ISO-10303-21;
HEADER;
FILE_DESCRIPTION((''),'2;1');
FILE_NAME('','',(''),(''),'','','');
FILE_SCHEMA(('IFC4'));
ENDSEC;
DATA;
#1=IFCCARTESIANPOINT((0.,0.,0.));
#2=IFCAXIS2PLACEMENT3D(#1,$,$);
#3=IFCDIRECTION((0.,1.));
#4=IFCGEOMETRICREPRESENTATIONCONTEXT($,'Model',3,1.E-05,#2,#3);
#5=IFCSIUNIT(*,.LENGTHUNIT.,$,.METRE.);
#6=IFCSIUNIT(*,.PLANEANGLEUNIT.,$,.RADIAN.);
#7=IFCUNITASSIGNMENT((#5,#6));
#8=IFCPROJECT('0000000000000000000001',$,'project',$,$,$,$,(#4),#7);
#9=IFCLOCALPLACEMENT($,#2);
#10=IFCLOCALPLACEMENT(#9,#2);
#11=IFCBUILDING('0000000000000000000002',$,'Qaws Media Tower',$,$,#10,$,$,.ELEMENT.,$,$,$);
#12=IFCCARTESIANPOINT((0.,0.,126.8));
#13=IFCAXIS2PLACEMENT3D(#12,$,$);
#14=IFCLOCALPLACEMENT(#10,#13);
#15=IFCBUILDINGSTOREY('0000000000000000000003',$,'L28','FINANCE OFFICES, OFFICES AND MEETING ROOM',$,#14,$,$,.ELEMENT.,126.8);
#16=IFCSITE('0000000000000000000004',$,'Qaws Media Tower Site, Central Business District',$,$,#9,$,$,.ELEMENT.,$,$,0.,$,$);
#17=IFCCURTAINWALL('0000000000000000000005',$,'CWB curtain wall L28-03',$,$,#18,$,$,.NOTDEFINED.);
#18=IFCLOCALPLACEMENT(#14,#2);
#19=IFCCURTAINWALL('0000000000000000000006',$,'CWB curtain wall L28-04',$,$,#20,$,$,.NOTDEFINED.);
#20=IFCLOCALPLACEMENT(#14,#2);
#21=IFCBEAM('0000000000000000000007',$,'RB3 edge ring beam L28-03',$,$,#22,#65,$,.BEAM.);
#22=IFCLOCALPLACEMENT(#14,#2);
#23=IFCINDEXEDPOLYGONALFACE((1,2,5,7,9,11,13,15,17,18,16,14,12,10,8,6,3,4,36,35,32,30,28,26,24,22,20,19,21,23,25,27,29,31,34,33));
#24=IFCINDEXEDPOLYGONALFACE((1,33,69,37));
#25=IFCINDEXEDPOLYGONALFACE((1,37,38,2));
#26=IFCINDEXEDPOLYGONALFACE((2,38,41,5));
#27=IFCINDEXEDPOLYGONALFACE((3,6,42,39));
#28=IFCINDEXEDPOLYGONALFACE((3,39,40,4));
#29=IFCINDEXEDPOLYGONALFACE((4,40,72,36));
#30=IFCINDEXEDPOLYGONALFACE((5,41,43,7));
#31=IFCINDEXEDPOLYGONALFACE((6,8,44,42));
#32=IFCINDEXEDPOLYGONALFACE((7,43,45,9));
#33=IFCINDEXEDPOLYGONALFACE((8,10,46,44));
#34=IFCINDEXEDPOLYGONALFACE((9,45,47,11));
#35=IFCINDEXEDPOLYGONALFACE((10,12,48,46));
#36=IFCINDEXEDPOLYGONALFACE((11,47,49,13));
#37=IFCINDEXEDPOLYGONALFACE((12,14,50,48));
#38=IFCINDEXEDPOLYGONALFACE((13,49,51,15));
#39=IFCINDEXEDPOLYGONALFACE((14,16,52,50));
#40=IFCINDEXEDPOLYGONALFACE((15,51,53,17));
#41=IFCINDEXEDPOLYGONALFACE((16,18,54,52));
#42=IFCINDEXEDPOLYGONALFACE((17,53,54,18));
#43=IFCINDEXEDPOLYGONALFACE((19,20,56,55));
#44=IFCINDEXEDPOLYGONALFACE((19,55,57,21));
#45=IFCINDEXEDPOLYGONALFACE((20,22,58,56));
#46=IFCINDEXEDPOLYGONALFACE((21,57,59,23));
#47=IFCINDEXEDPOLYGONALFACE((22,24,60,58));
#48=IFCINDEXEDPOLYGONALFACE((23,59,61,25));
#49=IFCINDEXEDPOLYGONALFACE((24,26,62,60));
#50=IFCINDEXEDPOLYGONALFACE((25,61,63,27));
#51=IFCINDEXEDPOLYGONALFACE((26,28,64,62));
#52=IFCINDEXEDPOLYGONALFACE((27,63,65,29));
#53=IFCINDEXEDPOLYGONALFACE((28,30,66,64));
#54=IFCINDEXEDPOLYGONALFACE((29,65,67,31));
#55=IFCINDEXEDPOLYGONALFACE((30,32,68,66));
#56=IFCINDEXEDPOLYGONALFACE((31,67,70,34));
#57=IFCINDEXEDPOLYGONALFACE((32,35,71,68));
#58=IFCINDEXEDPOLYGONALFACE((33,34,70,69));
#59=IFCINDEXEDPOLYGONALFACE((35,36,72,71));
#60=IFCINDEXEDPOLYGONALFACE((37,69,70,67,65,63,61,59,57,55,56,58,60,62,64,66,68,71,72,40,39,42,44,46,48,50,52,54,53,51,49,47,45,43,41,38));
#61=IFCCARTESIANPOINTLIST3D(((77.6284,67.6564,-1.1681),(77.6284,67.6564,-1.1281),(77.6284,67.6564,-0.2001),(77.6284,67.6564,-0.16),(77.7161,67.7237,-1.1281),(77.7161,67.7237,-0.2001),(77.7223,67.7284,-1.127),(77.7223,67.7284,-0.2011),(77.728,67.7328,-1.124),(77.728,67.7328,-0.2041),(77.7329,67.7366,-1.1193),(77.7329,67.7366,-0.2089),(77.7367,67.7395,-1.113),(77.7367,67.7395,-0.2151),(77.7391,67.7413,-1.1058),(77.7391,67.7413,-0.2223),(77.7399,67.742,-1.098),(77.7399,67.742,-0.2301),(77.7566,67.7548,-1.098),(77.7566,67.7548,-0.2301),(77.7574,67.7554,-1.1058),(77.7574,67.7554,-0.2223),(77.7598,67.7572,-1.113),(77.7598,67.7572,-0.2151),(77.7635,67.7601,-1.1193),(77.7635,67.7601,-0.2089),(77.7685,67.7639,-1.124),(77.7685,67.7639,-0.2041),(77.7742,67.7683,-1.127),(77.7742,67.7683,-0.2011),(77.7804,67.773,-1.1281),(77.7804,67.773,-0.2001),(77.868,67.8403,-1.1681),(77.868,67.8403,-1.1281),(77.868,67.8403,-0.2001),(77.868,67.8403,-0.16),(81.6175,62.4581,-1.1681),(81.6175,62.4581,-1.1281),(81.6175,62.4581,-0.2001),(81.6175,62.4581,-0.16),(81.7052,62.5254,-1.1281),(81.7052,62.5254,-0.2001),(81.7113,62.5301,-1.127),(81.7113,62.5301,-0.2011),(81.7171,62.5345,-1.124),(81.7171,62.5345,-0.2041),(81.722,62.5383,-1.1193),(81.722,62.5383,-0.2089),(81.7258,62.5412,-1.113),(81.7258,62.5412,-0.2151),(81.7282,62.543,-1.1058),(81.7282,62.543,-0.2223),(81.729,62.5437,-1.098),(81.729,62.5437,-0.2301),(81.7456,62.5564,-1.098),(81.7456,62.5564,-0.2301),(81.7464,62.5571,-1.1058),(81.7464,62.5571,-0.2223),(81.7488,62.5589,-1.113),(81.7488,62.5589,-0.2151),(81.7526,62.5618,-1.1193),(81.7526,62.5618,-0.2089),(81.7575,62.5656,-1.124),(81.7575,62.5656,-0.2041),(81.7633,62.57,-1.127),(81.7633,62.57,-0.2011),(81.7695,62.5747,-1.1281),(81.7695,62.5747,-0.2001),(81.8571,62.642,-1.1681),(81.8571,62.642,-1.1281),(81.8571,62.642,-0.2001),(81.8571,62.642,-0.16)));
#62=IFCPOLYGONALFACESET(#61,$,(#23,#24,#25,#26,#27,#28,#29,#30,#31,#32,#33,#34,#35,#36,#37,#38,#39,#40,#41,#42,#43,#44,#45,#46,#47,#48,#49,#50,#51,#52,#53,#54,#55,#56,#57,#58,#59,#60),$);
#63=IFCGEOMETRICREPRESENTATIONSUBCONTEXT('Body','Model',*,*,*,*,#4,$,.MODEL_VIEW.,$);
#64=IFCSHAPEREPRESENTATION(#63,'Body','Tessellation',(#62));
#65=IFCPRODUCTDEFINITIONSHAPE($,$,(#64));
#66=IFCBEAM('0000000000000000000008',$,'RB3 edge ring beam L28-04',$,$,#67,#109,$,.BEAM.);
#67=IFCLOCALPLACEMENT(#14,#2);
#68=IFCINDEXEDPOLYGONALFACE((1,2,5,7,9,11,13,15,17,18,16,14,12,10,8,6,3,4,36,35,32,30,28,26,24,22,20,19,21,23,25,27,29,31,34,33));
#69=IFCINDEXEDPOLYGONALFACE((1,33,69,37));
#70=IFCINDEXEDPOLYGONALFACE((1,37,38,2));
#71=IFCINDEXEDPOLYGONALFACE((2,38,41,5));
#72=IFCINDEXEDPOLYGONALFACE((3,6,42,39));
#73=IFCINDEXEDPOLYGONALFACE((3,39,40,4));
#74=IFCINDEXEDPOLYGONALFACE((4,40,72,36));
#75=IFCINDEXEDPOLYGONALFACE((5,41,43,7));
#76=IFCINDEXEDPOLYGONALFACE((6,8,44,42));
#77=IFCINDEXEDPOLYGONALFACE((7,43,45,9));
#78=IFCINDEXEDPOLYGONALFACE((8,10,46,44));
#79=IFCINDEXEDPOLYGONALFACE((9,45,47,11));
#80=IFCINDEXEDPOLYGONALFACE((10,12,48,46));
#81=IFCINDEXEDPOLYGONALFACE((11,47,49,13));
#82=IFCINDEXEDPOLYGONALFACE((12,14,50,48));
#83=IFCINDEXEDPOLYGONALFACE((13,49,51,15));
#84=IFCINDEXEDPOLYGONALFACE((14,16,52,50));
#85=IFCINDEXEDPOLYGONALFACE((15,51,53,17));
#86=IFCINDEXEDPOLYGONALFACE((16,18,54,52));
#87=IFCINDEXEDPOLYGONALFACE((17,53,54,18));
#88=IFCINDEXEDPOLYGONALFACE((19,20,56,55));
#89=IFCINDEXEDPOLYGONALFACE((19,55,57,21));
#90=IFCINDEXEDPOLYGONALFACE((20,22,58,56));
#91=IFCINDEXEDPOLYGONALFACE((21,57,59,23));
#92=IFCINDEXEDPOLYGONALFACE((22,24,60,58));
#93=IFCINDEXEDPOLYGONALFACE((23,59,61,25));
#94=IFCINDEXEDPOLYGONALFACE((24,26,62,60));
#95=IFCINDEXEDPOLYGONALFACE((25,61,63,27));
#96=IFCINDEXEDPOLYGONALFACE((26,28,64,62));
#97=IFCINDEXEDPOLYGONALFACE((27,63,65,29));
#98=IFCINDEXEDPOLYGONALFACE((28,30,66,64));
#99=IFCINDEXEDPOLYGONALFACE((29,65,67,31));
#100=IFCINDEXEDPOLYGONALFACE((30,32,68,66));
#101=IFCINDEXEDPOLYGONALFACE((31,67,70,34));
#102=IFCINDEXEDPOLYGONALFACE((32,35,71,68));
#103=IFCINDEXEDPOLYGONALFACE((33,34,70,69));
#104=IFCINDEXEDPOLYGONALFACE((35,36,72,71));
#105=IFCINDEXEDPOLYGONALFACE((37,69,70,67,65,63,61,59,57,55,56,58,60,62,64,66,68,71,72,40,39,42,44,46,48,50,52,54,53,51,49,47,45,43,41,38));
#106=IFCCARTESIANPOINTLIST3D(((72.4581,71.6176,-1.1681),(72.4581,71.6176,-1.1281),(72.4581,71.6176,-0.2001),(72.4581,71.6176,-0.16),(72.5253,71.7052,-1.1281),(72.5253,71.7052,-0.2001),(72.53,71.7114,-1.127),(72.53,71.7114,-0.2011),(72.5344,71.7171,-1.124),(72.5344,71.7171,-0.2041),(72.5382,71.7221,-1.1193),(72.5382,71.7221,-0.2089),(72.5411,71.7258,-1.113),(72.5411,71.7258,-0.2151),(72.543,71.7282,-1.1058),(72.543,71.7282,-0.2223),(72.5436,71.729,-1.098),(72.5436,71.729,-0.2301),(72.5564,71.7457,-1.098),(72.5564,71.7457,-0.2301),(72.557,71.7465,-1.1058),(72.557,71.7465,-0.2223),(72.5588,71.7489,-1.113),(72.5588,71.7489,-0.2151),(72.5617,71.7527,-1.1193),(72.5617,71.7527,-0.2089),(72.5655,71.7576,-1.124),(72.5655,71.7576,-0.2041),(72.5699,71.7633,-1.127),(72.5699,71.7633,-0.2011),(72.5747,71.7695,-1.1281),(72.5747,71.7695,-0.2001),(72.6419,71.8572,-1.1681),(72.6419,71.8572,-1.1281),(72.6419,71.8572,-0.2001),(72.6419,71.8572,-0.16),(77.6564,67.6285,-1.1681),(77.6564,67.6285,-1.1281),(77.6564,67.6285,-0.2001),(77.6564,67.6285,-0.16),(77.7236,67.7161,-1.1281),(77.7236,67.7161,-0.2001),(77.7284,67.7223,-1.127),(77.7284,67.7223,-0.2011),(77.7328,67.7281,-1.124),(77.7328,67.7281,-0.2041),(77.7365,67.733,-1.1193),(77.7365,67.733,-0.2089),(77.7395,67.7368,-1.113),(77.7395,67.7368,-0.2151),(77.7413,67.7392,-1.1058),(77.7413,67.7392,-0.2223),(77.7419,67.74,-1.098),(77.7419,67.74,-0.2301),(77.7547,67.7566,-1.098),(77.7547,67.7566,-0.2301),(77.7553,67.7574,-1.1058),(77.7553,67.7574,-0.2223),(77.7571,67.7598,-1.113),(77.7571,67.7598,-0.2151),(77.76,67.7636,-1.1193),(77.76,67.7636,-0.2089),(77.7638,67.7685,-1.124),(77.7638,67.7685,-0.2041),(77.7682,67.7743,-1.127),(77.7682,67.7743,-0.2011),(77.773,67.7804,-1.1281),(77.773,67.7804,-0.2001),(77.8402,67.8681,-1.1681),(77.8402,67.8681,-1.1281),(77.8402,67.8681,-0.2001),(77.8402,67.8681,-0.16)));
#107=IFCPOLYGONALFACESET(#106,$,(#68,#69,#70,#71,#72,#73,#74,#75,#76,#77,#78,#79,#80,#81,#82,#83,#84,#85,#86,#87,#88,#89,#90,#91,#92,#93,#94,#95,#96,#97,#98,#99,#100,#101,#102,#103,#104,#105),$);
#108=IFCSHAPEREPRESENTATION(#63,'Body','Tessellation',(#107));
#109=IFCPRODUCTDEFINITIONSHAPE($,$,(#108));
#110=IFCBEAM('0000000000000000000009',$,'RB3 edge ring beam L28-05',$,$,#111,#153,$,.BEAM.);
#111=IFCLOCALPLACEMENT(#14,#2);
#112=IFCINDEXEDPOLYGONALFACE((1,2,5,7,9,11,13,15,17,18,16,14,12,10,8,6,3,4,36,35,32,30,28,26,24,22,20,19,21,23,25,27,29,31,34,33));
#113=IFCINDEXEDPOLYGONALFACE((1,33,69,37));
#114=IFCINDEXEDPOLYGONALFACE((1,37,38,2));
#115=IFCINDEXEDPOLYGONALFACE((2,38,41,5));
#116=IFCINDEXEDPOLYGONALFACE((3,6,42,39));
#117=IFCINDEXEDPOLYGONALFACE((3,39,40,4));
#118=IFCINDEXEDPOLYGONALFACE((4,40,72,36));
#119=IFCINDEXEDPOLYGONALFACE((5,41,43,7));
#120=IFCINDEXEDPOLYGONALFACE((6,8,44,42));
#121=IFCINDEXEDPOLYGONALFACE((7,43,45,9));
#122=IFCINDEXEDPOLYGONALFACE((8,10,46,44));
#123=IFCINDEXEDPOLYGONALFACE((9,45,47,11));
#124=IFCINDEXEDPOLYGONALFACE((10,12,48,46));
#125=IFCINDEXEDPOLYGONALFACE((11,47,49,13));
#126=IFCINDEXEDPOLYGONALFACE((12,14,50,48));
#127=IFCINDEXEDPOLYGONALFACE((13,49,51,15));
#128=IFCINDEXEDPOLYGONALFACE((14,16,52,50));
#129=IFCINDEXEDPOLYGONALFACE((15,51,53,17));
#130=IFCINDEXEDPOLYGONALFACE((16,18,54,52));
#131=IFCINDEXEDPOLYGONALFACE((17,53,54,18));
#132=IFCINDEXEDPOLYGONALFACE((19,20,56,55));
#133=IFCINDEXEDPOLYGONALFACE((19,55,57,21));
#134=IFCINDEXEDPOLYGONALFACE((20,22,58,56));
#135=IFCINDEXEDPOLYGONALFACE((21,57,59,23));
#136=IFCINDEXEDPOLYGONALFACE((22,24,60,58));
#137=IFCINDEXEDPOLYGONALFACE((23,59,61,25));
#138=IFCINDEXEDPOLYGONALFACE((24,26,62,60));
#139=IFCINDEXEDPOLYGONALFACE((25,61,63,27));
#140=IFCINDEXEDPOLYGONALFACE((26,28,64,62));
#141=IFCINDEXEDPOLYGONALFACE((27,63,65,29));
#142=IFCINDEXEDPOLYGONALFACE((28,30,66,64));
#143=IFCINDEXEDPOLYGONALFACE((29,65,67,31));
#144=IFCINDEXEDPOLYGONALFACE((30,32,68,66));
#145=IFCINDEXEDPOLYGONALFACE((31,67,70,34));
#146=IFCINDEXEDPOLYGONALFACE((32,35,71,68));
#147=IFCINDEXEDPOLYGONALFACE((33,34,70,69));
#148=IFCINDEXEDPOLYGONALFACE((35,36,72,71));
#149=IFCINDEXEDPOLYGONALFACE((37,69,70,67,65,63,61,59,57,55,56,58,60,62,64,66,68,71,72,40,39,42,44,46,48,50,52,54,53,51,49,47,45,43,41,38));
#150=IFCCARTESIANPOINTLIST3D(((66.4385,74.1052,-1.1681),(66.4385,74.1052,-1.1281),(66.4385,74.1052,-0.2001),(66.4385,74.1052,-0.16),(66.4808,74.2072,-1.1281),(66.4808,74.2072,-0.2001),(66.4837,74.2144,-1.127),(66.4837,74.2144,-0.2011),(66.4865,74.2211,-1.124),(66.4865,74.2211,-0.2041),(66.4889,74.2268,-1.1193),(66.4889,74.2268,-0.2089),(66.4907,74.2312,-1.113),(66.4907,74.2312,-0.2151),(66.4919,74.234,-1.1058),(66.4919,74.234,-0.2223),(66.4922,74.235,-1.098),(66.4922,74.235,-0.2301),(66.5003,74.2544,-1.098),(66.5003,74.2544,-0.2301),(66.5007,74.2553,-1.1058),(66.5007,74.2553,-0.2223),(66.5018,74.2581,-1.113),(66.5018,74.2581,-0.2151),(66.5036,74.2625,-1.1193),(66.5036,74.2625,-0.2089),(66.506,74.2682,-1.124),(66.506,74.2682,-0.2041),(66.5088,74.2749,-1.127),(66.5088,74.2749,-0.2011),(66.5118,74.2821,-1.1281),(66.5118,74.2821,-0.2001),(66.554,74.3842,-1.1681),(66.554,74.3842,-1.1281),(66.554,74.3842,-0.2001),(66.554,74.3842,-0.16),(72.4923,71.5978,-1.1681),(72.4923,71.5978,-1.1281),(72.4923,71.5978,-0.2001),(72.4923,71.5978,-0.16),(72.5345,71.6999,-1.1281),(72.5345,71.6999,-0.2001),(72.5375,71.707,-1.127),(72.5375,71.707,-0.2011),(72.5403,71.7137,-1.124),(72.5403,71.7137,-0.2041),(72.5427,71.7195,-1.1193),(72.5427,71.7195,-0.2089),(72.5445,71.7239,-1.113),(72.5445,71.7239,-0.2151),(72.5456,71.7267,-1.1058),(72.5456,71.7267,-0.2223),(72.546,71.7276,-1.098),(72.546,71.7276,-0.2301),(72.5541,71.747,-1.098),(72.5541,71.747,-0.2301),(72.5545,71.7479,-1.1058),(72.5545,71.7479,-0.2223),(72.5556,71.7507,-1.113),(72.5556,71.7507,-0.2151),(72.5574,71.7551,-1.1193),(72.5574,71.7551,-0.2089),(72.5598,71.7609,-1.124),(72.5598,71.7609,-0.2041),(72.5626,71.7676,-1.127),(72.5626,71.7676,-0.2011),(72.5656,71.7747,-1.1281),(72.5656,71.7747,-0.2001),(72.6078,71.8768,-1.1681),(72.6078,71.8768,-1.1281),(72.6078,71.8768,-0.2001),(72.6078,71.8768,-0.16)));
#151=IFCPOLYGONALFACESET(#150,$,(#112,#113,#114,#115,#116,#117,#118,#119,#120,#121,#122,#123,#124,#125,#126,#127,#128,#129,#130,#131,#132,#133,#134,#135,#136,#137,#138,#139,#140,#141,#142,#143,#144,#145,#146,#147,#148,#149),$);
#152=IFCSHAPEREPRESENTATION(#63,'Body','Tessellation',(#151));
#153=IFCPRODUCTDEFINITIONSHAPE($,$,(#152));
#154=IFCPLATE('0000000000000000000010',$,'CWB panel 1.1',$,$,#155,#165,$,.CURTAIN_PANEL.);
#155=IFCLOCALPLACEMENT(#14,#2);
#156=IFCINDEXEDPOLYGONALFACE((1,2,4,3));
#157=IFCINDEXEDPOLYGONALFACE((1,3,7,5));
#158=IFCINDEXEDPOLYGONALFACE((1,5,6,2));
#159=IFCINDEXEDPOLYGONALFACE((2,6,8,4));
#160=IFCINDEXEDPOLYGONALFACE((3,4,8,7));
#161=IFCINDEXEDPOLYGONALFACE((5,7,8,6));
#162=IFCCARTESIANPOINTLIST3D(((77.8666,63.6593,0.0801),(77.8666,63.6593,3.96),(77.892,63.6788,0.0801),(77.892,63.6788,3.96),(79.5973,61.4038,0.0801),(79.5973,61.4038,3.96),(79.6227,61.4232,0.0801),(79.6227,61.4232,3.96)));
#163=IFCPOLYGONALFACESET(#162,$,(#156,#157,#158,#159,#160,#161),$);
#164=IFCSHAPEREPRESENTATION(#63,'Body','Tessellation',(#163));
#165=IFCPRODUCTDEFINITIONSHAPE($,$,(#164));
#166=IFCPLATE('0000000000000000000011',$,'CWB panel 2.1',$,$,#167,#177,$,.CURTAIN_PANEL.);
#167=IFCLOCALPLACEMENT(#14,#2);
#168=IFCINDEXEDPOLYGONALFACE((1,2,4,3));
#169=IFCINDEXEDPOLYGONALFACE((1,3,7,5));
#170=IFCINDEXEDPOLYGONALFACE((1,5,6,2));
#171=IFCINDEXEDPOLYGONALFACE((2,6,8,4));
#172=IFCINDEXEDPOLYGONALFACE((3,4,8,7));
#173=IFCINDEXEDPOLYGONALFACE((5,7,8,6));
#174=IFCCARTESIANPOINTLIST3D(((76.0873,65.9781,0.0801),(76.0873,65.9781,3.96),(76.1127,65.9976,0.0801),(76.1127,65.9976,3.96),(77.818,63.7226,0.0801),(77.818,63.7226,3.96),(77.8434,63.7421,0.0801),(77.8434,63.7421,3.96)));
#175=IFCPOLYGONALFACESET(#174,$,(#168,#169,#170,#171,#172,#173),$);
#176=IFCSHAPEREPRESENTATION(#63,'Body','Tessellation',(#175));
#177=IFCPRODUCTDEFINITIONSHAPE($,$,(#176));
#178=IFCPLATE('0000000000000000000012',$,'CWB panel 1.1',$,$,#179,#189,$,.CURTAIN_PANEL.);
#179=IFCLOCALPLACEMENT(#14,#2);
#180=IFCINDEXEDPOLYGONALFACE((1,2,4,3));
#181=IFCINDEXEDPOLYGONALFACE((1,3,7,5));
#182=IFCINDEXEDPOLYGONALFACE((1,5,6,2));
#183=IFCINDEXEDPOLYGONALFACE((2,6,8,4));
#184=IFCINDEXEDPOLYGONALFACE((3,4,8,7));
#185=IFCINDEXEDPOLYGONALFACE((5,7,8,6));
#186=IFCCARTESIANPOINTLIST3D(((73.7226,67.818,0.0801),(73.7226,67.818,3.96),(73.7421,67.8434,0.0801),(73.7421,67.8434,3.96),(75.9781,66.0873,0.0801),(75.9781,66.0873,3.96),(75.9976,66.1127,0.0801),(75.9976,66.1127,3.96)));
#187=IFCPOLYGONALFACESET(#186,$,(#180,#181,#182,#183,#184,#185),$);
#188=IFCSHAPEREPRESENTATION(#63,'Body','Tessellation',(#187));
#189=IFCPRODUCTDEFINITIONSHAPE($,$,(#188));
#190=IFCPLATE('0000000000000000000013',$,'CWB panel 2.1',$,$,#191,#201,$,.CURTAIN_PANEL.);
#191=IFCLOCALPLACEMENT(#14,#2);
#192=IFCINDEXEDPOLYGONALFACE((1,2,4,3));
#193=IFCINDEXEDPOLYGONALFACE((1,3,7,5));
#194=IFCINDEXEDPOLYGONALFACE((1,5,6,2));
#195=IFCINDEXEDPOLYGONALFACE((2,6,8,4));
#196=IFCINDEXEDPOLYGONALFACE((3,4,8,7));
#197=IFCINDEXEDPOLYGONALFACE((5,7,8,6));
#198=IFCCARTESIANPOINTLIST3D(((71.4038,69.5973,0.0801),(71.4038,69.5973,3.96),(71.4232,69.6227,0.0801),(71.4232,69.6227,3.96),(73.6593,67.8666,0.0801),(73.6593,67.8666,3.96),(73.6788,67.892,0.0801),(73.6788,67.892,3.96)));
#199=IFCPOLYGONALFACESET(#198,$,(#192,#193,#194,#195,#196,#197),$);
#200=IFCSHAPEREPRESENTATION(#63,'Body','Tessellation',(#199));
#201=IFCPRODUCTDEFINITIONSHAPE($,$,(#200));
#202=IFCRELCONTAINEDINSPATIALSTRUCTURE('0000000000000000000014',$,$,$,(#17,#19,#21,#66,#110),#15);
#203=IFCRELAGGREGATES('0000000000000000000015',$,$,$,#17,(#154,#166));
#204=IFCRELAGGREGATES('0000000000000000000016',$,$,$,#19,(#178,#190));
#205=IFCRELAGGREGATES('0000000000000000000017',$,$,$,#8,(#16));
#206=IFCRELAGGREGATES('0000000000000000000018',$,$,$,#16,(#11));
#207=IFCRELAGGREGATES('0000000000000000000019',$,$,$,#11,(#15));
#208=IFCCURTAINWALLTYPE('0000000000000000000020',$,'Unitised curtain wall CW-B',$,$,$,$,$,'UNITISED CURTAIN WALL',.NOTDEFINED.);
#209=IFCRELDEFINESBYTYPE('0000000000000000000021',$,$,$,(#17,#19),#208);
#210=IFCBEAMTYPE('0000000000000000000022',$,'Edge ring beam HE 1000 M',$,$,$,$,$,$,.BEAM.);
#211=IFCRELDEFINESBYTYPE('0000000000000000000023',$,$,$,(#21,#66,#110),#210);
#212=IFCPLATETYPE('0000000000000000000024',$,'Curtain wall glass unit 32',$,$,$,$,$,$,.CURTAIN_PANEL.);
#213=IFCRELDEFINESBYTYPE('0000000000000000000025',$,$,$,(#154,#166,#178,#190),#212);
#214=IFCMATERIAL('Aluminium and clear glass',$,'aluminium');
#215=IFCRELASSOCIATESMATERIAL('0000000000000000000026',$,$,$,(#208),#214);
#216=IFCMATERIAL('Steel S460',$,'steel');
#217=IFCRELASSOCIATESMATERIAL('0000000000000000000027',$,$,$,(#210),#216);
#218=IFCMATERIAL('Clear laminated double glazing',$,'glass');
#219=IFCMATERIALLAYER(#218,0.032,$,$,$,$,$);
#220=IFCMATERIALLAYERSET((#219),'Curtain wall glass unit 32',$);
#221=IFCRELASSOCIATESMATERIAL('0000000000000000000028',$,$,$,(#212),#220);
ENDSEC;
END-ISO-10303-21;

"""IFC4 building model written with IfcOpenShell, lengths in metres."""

from ifc_helpers import new_model, si_unit, direction, frame, origin, origin_2d, place, context, subcontext, project, spatial, rectangle, i_section, extrude, material, layer, layer_set, material_profile, profile_set, type_object, element, aggregate, save


model = new_model("IFC4")

# Units and contexts
model_context = context("Model", 3, precision=1e-05, world=origin(), true_north=direction((0.0, 1.0)))
body_context = subcontext(model_context, "Body", "Model", "MODEL_VIEW")
ifc_project = project(units=[si_unit("LENGTHUNIT", "METRE"), si_unit("PLANEANGLEUNIT", "RADIAN")], contexts=[model_context])

# Site, building, storey
site_placement = place(None, origin())
site = spatial("IfcSite", under=ifc_project, at=site_placement, Name="Qaws Media Tower Site, Central Business District", CompositionType="ELEMENT", RefElevation=0.0)
building_placement = place(site_placement, origin())
building = spatial("IfcBuilding", under=site, at=building_placement, Name="Qaws Media Tower", CompositionType="ELEMENT")
storey_placement = place(building_placement, frame((0.0, 0.0, 126.8)))
storey = spatial("IfcBuildingStorey", under=building, at=storey_placement, Name="L28", Description="FINANCE OFFICES, OFFICES AND MEETING ROOM", CompositionType="ELEMENT", Elevation=126.8)

# Shared definitions
ifc_material_1 = material(Name="Aluminium and clear glass", Category="aluminium")
curtain_wall_type = type_object("IfcCurtainWallType", Name="Unitised curtain wall CW-B", ElementType="UNITISED CURTAIN WALL", PredefinedType="NOTDEFINED", material=ifc_material_1)

# Curtain walls
curtain_wall_1_placement = place(storey_placement, origin())
curtain_wall_1 = element("IfcCurtainWall", 1, at=curtain_wall_1_placement, inside=storey, type_object=curtain_wall_type, Name="CWB curtain wall L28-03", PredefinedType="NOTDEFINED")
curtain_wall_2_placement = place(storey_placement, origin())
curtain_wall_2 = element("IfcCurtainWall", 2, at=curtain_wall_2_placement, inside=storey, type_object=curtain_wall_type, Name="CWB curtain wall L28-04", PredefinedType="NOTDEFINED")

# Beams
ifc_material_2 = material(Name="Steel S460", Category="steel")
ifc_material_profile_1 = material_profile(ifc_material_2, i_section(OverallWidth=0.302, OverallDepth=1.0081, WebThickness=0.021, FlangeThickness=0.04, FilletRadius=0.03, at=origin_2d()), Name="HE 1000 M")
ifc_profile_set_1 = profile_set([ifc_material_profile_1], Name="Steel S460")
beam_type = type_object("IfcBeamType", Name="Edge ring beam HE 1000 M", PredefinedType="BEAM", material=ifc_profile_set_1)
for number, where, z_axis, x_axis, name in (
    (3, (81.7373, 62.55, -0.6641), (-0.608787, 0.793334, 0.0), (-0.793334, -0.608787, 0.0), "RB3 edge ring beam L28-03"),
    (4, (77.7483, 67.7483, -0.6641), (-0.793334, 0.608787, 0.0), (-0.608787, -0.793334, 0.0), "RB3 edge ring beam L28-04"),
    (5, (72.55, 71.7373, -0.6641), (-0.923891, 0.382657, 0.0), (-0.382657, -0.923891, 0.0), "RB3 edge ring beam L28-05"),
):
    element("IfcBeam", number, at=place(storey_placement, frame(where, z_axis=z_axis, x_axis=x_axis)), inside=storey, type_object=beam_type, Name=name, PredefinedType="BEAM", context=body_context, shape_type="SweptSolid", body=[
        extrude(i_section(OverallWidth=0.302, OverallDepth=1.0081, WebThickness=0.021, FlangeThickness=0.04, FilletRadius=0.03, at=origin_2d()), origin(), (0.0, 0.0, 1.0), 6.5525),
    ])

# Plates
ifc_material_3 = material(Name="Clear laminated double glazing", Category="glass")
ifc_layer_1 = layer(ifc_material_3, 0.032)
ifc_layer_set_1 = layer_set([ifc_layer_1], Name="Curtain wall glass unit 32")
plate_type_1 = type_object("IfcPlateType", Name="Curtain wall glass unit 32", PredefinedType="CURTAIN_PANEL", material=ifc_layer_set_1)
plate_1_placement = place(storey_placement, frame((78.7446, 62.5413, 0.0801), z_axis=(0.0, 0.0, 1.0), x_axis=(-0.608761, 0.793353, 0.0)))
plate_1 = element("IfcPlate", 6, at=plate_1_placement, type_object=plate_type_1, Name="CWB panel 1.1", PredefinedType="CURTAIN_PANEL", context=body_context, shape_type="SweptSolid", body=[
    extrude(rectangle(XDim=2.843, YDim=0.032, at=origin_2d()), origin(), (0.0, 0.0, 1.0), 3.8799),
])
plate_2_placement = place(storey_placement, frame((76.9653, 64.8601, 0.0801), z_axis=(0.0, 0.0, 1.0), x_axis=(-0.608761, 0.793353, 0.0)))
plate_2 = element("IfcPlate", 7, at=plate_2_placement, type_object=plate_type_1, Name="CWB panel 2.1", PredefinedType="CURTAIN_PANEL", context=body_context, shape_type="SweptSolid", body=[
    extrude(rectangle(XDim=2.843, YDim=0.032, at=origin_2d()), origin(), (0.0, 0.0, 1.0), 3.8799),
])
aggregate(curtain_wall_1, [plate_1, plate_2])
plate_3_placement = place(storey_placement, frame((74.8601, 66.9653, 0.0801), z_axis=(0.0, 0.0, 1.0), x_axis=(-0.793353, 0.608761, 0.0)))
plate_3 = element("IfcPlate", 8, at=plate_3_placement, type_object=plate_type_1, Name="CWB panel 1.1", PredefinedType="CURTAIN_PANEL", context=body_context, shape_type="SweptSolid", body=[
    extrude(rectangle(XDim=2.843, YDim=0.032, at=origin_2d()), origin(), (0.0, 0.0, 1.0), 3.8799),
])
plate_4_placement = place(storey_placement, frame((72.5413, 68.7446, 0.0801), z_axis=(0.0, 0.0, 1.0), x_axis=(-0.793353, 0.608761, 0.0)))
plate_4 = element("IfcPlate", 9, at=plate_4_placement, type_object=plate_type_1, Name="CWB panel 2.1", PredefinedType="CURTAIN_PANEL", context=body_context, shape_type="SweptSolid", body=[
    extrude(rectangle(XDim=2.843, YDim=0.032, at=origin_2d()), origin(), (0.0, 0.0, 1.0), 3.8799),
])
aggregate(curtain_wall_2, [plate_3, plate_4])

save(model, "model.ifc")
